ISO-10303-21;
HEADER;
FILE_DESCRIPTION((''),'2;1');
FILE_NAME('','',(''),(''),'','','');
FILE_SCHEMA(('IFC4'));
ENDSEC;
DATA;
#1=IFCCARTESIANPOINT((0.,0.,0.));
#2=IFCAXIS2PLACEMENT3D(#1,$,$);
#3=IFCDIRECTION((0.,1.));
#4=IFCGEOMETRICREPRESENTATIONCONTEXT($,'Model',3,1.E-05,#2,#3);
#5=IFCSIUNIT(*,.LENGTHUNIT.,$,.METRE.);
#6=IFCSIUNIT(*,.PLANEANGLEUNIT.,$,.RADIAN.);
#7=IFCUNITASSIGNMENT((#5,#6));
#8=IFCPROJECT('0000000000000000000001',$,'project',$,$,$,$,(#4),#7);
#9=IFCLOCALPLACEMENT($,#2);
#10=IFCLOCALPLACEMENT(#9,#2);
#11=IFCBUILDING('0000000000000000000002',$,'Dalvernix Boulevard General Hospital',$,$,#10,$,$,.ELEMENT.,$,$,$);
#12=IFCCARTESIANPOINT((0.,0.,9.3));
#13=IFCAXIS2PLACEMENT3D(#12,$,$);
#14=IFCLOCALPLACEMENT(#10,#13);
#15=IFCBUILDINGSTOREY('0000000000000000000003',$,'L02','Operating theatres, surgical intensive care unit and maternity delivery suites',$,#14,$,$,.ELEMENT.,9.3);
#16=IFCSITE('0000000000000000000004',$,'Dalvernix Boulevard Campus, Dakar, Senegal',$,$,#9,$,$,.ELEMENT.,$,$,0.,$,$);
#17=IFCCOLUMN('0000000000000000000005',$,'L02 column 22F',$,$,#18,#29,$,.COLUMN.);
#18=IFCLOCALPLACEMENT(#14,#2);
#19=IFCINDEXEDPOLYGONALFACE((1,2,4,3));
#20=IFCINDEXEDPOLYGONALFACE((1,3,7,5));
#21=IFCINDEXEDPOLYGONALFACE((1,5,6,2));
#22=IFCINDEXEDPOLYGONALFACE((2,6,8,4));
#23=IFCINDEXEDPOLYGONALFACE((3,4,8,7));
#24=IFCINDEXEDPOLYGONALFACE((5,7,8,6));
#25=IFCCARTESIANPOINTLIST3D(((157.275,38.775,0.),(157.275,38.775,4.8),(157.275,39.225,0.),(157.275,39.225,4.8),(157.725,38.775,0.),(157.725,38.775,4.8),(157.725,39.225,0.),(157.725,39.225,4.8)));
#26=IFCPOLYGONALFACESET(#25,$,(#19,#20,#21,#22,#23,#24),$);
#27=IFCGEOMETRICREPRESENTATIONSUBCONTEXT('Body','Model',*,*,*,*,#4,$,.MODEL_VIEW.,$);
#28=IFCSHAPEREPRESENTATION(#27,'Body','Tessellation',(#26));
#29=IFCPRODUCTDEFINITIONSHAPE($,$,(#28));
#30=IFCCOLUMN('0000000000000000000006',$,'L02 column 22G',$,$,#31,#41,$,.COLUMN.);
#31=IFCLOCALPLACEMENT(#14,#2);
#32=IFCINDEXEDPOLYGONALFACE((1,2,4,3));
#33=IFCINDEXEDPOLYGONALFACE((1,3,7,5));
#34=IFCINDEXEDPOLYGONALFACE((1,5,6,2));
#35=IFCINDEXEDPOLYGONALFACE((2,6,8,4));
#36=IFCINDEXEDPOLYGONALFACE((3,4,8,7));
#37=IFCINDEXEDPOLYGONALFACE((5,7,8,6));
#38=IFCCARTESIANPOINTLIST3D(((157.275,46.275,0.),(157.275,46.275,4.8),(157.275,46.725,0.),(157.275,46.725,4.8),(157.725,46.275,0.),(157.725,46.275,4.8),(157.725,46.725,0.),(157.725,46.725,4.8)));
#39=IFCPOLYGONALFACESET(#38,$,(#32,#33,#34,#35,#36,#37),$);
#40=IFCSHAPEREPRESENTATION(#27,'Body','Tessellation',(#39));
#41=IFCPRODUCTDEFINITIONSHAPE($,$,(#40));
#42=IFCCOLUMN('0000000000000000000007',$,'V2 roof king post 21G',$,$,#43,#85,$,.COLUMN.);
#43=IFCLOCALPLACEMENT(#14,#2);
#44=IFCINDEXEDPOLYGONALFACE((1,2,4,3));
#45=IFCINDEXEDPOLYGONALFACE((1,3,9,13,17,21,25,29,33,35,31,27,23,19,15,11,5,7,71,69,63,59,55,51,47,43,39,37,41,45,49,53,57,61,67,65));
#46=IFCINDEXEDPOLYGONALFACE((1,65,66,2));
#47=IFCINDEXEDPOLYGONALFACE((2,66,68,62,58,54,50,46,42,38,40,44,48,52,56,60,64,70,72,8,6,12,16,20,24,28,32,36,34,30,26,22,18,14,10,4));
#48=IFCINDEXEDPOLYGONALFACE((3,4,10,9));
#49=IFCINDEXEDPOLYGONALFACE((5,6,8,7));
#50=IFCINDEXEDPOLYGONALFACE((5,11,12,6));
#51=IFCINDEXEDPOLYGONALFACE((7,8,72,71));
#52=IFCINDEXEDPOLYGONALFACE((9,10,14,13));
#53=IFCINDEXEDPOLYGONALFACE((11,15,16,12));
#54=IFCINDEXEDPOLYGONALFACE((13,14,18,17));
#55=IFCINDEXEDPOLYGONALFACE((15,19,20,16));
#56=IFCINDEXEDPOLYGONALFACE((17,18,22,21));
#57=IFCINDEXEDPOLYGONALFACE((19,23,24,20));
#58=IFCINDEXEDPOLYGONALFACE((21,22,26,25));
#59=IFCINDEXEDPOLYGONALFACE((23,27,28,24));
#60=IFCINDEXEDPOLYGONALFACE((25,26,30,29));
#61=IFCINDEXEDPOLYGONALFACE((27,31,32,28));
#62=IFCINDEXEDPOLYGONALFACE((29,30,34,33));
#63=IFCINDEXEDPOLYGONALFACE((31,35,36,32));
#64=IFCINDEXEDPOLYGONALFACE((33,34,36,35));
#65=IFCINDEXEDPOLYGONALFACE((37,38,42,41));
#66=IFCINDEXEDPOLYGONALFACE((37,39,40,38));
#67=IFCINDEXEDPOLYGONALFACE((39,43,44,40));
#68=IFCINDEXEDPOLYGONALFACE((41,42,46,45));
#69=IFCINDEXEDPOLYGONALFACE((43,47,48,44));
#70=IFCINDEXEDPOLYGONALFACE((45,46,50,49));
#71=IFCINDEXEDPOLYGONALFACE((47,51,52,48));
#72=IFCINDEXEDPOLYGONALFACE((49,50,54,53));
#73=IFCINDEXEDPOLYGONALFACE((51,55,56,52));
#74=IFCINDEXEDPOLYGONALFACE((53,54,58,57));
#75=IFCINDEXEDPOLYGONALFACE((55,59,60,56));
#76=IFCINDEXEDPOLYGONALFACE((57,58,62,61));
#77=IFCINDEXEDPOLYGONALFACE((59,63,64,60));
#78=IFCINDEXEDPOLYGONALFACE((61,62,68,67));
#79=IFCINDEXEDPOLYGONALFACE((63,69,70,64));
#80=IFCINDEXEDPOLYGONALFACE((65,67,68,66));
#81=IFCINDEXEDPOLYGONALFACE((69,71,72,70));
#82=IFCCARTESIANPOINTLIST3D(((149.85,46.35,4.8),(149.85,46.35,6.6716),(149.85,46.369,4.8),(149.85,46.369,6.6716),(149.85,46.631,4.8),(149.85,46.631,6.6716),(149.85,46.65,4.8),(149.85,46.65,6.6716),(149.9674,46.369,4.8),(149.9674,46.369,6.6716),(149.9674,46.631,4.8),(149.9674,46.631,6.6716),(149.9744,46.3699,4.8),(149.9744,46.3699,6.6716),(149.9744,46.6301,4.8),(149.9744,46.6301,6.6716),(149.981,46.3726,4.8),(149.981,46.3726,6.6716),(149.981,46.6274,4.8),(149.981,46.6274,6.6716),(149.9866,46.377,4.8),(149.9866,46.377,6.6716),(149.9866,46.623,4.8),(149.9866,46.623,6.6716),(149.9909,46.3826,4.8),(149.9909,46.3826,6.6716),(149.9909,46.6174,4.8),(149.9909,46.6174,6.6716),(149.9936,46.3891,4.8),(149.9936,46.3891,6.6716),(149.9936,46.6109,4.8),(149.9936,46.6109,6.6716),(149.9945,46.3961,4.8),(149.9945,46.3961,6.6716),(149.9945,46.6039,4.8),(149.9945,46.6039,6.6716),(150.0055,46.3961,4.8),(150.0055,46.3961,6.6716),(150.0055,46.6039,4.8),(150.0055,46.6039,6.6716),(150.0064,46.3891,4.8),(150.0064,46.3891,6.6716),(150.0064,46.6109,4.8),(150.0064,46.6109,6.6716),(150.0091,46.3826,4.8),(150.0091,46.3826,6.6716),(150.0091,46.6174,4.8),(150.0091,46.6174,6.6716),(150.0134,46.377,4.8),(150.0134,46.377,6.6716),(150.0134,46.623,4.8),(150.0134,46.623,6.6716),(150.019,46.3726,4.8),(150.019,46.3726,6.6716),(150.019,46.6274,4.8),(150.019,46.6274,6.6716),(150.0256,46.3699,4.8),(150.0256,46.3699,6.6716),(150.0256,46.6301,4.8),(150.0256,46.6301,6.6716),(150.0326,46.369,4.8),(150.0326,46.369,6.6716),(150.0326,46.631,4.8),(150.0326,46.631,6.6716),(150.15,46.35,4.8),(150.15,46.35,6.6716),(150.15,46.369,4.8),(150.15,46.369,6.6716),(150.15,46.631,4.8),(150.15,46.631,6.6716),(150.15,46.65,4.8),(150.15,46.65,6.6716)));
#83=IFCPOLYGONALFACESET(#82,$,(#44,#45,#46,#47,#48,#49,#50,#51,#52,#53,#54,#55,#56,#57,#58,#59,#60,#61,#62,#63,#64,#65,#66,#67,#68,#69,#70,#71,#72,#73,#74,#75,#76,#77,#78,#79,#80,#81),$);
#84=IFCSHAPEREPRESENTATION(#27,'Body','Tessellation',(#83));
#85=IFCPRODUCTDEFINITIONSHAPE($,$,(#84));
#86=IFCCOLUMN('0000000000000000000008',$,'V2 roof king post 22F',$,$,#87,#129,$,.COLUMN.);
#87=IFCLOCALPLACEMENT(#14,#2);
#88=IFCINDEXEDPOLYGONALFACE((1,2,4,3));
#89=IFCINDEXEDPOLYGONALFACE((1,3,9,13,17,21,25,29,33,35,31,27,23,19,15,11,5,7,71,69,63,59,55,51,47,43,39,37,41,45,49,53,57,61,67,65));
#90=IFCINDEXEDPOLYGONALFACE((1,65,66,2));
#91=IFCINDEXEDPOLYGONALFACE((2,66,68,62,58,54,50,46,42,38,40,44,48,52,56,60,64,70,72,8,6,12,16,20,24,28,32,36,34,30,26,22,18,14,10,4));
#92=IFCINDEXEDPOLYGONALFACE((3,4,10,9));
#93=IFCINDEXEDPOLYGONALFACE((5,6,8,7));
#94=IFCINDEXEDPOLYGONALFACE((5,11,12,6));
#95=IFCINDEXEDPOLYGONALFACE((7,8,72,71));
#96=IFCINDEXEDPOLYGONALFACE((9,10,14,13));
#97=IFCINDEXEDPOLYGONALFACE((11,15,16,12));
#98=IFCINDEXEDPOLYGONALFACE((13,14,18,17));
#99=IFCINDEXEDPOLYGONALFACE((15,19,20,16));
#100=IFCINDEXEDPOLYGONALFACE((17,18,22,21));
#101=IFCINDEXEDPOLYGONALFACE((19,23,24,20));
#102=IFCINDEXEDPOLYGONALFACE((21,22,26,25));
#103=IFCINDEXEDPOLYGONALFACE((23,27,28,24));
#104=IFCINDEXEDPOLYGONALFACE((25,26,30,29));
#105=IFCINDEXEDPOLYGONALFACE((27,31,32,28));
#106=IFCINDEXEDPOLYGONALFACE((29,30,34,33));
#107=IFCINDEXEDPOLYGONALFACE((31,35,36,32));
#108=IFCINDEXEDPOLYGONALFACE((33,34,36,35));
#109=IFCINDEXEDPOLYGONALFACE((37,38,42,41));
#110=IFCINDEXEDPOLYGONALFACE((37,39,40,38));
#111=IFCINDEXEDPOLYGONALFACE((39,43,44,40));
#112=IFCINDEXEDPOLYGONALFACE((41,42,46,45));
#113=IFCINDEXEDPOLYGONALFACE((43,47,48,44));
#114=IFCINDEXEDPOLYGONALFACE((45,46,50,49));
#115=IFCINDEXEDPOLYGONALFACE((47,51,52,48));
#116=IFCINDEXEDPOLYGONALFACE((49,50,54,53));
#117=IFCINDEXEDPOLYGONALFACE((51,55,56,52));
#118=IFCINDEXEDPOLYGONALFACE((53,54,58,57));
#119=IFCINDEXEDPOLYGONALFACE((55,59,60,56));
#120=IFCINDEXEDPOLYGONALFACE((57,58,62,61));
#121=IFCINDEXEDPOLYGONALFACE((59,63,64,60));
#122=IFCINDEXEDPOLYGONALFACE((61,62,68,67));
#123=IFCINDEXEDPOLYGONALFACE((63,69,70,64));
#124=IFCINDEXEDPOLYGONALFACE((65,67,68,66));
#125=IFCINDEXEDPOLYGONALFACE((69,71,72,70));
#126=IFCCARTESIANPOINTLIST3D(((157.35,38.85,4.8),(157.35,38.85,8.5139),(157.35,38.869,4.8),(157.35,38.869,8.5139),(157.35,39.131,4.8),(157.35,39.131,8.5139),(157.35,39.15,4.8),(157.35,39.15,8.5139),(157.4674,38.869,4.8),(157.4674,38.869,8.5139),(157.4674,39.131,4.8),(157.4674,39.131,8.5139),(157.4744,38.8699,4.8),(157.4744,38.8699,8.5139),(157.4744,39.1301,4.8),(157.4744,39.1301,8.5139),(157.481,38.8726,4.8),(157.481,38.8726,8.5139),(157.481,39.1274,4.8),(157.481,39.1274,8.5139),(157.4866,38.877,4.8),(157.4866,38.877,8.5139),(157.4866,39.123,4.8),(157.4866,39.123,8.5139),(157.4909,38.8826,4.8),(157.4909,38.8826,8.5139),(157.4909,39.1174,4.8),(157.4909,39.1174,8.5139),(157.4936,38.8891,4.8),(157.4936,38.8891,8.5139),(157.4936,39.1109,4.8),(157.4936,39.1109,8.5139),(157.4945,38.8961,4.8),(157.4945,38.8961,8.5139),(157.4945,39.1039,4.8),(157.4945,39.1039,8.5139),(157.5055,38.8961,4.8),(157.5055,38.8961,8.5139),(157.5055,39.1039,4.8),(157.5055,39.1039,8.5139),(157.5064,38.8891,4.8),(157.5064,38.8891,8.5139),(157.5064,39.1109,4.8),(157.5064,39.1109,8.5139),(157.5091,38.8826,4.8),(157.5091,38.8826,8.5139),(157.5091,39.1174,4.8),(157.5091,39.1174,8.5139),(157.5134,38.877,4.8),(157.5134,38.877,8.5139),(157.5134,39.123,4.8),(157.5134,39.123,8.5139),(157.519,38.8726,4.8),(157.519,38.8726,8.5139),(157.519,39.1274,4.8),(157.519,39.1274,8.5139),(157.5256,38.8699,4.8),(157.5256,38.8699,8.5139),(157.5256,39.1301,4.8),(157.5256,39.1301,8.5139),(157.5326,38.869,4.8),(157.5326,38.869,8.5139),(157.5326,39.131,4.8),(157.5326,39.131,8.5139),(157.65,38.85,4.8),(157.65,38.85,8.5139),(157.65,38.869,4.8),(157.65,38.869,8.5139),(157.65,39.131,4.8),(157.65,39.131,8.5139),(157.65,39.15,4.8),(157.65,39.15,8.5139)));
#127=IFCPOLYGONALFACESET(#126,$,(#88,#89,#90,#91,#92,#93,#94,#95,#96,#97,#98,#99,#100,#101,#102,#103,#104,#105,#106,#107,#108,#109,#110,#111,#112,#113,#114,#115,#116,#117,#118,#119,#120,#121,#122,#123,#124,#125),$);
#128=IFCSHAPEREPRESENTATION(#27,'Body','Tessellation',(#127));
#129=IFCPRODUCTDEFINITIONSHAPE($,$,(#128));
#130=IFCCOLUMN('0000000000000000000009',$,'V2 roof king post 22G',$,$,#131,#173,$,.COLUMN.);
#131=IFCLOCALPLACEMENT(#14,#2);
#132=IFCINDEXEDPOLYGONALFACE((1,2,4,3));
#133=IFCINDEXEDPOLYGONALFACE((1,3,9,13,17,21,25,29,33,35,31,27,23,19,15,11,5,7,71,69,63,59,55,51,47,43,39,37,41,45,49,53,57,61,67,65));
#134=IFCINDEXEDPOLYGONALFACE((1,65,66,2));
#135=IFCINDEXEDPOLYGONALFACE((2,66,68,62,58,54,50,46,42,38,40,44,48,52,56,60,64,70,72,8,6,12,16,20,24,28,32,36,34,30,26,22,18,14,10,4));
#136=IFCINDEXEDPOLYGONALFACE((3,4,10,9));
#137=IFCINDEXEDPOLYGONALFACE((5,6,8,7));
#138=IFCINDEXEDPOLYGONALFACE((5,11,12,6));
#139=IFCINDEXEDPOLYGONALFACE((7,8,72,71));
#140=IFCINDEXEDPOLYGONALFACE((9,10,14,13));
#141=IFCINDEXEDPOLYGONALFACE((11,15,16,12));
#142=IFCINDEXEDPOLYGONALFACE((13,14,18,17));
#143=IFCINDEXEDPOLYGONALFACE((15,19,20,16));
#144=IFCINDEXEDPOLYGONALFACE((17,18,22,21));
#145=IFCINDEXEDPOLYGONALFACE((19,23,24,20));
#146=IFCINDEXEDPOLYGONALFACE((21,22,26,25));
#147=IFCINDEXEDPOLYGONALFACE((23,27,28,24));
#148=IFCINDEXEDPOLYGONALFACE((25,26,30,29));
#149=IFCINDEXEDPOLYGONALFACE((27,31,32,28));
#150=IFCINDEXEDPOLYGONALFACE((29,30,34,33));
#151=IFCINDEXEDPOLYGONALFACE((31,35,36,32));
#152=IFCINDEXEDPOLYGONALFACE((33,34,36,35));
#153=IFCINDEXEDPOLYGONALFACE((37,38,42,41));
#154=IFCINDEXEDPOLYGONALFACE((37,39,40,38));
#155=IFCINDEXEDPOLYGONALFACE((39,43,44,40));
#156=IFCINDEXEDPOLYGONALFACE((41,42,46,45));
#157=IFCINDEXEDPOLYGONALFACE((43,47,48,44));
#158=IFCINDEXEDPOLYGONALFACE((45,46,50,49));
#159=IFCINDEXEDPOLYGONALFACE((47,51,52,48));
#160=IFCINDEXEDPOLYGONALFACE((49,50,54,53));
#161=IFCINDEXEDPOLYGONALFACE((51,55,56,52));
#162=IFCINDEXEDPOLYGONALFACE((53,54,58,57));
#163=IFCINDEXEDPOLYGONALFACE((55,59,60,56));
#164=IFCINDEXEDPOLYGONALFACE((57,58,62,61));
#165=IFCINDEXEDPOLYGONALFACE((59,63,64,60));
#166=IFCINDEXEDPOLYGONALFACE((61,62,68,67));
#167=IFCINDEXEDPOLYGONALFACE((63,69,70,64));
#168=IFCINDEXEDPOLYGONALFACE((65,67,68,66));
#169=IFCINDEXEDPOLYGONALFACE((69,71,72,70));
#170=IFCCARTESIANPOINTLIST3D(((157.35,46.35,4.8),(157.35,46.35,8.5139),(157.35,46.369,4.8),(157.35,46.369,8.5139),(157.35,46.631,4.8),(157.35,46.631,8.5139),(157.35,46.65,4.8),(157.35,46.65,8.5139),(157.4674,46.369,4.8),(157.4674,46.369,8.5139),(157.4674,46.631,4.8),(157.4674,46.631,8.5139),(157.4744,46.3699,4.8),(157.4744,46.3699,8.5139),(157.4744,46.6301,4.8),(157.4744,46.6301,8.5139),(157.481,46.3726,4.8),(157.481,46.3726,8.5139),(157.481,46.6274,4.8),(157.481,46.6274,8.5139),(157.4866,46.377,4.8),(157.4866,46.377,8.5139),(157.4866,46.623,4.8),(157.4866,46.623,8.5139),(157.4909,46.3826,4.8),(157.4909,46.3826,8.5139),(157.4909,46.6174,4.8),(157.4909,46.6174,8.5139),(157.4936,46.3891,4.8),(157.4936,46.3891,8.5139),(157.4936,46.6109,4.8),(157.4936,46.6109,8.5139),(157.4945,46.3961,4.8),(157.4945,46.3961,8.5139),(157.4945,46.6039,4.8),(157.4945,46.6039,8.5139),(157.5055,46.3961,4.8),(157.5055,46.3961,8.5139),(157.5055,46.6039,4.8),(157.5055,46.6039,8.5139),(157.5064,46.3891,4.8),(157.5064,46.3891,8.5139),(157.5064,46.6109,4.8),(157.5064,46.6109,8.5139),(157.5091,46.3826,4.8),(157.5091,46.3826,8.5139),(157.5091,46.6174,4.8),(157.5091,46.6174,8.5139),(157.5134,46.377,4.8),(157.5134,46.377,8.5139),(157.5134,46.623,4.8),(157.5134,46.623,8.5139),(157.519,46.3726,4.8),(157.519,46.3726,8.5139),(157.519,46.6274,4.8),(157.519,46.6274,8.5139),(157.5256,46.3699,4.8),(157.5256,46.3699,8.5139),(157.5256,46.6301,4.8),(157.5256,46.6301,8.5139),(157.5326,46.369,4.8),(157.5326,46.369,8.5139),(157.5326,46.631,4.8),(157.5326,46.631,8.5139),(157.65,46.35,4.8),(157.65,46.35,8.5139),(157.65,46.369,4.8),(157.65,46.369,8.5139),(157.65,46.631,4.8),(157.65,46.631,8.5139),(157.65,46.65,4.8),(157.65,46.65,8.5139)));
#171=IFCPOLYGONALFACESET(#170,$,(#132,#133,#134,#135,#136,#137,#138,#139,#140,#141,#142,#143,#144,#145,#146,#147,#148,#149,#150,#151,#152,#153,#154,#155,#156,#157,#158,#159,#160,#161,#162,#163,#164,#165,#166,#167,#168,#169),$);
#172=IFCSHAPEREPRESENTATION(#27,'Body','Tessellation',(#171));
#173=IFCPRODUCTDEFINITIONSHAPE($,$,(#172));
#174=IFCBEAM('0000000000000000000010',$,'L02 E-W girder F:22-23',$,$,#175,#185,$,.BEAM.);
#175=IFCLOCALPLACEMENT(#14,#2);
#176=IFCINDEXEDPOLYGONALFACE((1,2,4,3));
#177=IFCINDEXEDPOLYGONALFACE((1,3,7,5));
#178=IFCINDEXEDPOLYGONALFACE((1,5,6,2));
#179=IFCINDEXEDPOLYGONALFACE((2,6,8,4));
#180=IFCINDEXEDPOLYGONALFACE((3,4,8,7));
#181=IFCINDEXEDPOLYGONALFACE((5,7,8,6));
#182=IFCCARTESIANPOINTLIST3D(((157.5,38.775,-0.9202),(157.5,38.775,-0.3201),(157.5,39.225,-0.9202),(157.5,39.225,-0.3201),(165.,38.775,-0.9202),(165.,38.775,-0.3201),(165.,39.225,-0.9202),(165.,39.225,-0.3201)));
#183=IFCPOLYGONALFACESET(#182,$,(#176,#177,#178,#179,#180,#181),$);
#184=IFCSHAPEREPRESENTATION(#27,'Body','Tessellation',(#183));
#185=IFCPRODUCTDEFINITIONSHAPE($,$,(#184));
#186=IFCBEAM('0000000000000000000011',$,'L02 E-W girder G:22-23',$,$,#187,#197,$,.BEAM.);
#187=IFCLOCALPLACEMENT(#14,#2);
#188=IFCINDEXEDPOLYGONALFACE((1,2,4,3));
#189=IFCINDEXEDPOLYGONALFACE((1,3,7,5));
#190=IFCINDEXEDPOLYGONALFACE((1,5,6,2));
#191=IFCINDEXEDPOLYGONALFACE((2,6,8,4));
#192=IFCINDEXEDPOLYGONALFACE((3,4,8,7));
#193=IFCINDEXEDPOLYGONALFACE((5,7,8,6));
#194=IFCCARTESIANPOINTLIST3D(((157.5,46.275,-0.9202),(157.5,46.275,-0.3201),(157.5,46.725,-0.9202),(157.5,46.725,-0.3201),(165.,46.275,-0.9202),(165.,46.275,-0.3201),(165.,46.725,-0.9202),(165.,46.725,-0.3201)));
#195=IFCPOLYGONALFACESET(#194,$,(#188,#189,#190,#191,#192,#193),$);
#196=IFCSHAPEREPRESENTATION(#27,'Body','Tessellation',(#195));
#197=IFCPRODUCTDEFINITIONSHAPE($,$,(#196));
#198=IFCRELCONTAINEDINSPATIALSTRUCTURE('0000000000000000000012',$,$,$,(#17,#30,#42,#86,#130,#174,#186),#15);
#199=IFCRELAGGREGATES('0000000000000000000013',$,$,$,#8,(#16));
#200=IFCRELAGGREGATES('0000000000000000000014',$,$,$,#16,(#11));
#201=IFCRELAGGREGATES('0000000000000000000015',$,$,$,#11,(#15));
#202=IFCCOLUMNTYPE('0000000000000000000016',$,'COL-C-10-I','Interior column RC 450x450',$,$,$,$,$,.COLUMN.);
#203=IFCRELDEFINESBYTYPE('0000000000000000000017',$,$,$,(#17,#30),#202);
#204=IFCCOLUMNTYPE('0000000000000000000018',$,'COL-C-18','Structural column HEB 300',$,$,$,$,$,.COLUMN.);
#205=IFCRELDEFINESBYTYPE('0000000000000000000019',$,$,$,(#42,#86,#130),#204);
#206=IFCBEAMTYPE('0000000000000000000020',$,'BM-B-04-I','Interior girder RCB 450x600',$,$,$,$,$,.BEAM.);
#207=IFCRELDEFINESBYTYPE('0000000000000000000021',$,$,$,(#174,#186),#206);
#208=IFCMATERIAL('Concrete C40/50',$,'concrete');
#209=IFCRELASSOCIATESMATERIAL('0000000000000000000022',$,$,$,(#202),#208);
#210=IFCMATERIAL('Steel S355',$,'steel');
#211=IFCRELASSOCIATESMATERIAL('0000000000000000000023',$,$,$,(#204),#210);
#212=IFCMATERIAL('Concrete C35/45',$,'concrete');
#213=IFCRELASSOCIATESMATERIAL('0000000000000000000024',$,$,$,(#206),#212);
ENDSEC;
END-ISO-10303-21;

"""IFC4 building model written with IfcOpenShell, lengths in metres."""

from ifc_helpers import new_model, si_unit, direction, frame, origin, origin_2d, place, context, subcontext, project, spatial, rectangle, i_section, extrude, material, material_profile, profile_set, type_object, element, save


model = new_model("IFC4")

# Units and contexts
model_context = context("Model", 3, precision=1e-05, world=origin(), true_north=direction((0.0, 1.0)))
body_context = subcontext(model_context, "Body", "Model", "MODEL_VIEW")
ifc_project = project(units=[si_unit("LENGTHUNIT", "METRE"), si_unit("PLANEANGLEUNIT", "RADIAN")], contexts=[model_context])

# Site, building, storey
site_placement = place(None, origin())
site = spatial("IfcSite", under=ifc_project, at=site_placement, Name="Dalvernix Boulevard Campus, Dakar, Senegal", CompositionType="ELEMENT", RefElevation=0.0)
building_placement = place(site_placement, origin())
building = spatial("IfcBuilding", under=site, at=building_placement, Name="Dalvernix Boulevard General Hospital", CompositionType="ELEMENT")
storey_placement = place(building_placement, frame((0.0, 0.0, 9.3)))
storey = spatial("IfcBuildingStorey", under=building, at=storey_placement, Name="L02", Description="Operating theatres, surgical intensive care unit and maternity delivery suites", CompositionType="ELEMENT", Elevation=9.3)

# Columns
ifc_material_1 = material(Name="Concrete C40/50", Category="concrete")
ifc_material_profile_1 = material_profile(ifc_material_1, rectangle(XDim=0.45, YDim=0.45, at=origin_2d()), Name="RC 450x450")
ifc_profile_set_1 = profile_set([ifc_material_profile_1], Name="Concrete C40/50")
column_type_1 = type_object("IfcColumnType", Name="COL-C-10-I", Description="Interior column RC 450x450", PredefinedType="COLUMN", material=ifc_profile_set_1)
for number, where, z_axis, x_axis, name in (
    (1, (157.5, 39.0, 0.0), (0.0, 0.0, 1.0), (1.0, 0.0, 0.0), "L02 column 22F"),
    (2, (157.5, 46.5, 0.0), (0.0, 0.0, 1.0), (1.0, 0.0, 0.0), "L02 column 22G"),
):
    element("IfcColumn", number, at=place(storey_placement, frame(where, z_axis=z_axis, x_axis=x_axis)), inside=storey, type_object=column_type_1, Name=name, PredefinedType="COLUMN", context=body_context, shape_type="SweptSolid", body=[
        extrude(rectangle(XDim=0.45, YDim=0.45, at=origin_2d()), origin(), (0.0, 0.0, 1.0), 4.8),
    ])
ifc_material_2 = material(Name="Steel S355", Category="steel")
ifc_material_profile_2 = material_profile(ifc_material_2, i_section(OverallWidth=0.3, OverallDepth=0.3, WebThickness=0.011, FlangeThickness=0.019, FilletRadius=0.0271, at=origin_2d()), Name="HEB 300")
ifc_profile_set_2 = profile_set([ifc_material_profile_2], Name="Steel S355")
column_type_2 = type_object("IfcColumnType", Name="COL-C-18", Description="Structural column HEB 300", PredefinedType="COLUMN", material=ifc_profile_set_2)
column_placement = place(storey_placement, frame((150.0, 46.5, 4.8), z_axis=(0.0, 0.0, 1.0), x_axis=(1.0, 0.0, 0.0)))
element("IfcColumn", 3, at=column_placement, inside=storey, type_object=column_type_2, Name="V2 roof king post 21G", PredefinedType="COLUMN", context=body_context, shape_type="SweptSolid", body=[
    extrude(i_section(OverallWidth=0.3, OverallDepth=0.3, WebThickness=0.011, FlangeThickness=0.019, FilletRadius=0.0271, at=origin_2d()), origin(), (0.0, 0.0, 1.0), 1.8716),
])
for number, where, z_axis, x_axis, name in (
    (4, (157.5, 39.0, 4.8), (0.0, 0.0, 1.0), (1.0, 0.0, 0.0), "V2 roof king post 22F"),
    (5, (157.5, 46.5, 4.8), (0.0, 0.0, 1.0), (1.0, 0.0, 0.0), "V2 roof king post 22G"),
):
    element("IfcColumn", number, at=place(storey_placement, frame(where, z_axis=z_axis, x_axis=x_axis)), inside=storey, type_object=column_type_2, Name=name, PredefinedType="COLUMN", context=body_context, shape_type="SweptSolid", body=[
        extrude(i_section(OverallWidth=0.3, OverallDepth=0.3, WebThickness=0.011, FlangeThickness=0.019, FilletRadius=0.0271, at=origin_2d()), origin(), (0.0, 0.0, 1.0), 3.7139),
    ])

# Beams
ifc_material_3 = material(Name="Concrete C35/45", Category="concrete")
ifc_material_profile_3 = material_profile(ifc_material_3, rectangle(XDim=0.45, YDim=0.6001, at=origin_2d()), Name="RCB 450x600")
ifc_profile_set_3 = profile_set([ifc_material_profile_3], Name="Concrete C35/45")
beam_type_1 = type_object("IfcBeamType", Name="BM-B-04-I", Description="Interior girder RCB 450x600", PredefinedType="BEAM", material=ifc_profile_set_3)
for number, where, z_axis, x_axis, name in (
    (6, (157.5, 39.0, -0.6201), (1.0, 0.0, 0.0), (0.0, 1.0, 0.0), "L02 E-W girder F:22-23"),
    (7, (157.5, 46.5, -0.6201), (1.0, 0.0, 0.0), (0.0, 1.0, 0.0), "L02 E-W girder G:22-23"),
):
    element("IfcBeam", number, at=place(storey_placement, frame(where, z_axis=z_axis, x_axis=x_axis)), inside=storey, type_object=beam_type_1, Name=name, PredefinedType="BEAM", context=body_context, shape_type="SweptSolid", body=[
        extrude(rectangle(XDim=0.45, YDim=0.6001, at=origin_2d()), origin(), (0.0, 0.0, 1.0), 7.5),
    ])

save(model, "model.ifc")
